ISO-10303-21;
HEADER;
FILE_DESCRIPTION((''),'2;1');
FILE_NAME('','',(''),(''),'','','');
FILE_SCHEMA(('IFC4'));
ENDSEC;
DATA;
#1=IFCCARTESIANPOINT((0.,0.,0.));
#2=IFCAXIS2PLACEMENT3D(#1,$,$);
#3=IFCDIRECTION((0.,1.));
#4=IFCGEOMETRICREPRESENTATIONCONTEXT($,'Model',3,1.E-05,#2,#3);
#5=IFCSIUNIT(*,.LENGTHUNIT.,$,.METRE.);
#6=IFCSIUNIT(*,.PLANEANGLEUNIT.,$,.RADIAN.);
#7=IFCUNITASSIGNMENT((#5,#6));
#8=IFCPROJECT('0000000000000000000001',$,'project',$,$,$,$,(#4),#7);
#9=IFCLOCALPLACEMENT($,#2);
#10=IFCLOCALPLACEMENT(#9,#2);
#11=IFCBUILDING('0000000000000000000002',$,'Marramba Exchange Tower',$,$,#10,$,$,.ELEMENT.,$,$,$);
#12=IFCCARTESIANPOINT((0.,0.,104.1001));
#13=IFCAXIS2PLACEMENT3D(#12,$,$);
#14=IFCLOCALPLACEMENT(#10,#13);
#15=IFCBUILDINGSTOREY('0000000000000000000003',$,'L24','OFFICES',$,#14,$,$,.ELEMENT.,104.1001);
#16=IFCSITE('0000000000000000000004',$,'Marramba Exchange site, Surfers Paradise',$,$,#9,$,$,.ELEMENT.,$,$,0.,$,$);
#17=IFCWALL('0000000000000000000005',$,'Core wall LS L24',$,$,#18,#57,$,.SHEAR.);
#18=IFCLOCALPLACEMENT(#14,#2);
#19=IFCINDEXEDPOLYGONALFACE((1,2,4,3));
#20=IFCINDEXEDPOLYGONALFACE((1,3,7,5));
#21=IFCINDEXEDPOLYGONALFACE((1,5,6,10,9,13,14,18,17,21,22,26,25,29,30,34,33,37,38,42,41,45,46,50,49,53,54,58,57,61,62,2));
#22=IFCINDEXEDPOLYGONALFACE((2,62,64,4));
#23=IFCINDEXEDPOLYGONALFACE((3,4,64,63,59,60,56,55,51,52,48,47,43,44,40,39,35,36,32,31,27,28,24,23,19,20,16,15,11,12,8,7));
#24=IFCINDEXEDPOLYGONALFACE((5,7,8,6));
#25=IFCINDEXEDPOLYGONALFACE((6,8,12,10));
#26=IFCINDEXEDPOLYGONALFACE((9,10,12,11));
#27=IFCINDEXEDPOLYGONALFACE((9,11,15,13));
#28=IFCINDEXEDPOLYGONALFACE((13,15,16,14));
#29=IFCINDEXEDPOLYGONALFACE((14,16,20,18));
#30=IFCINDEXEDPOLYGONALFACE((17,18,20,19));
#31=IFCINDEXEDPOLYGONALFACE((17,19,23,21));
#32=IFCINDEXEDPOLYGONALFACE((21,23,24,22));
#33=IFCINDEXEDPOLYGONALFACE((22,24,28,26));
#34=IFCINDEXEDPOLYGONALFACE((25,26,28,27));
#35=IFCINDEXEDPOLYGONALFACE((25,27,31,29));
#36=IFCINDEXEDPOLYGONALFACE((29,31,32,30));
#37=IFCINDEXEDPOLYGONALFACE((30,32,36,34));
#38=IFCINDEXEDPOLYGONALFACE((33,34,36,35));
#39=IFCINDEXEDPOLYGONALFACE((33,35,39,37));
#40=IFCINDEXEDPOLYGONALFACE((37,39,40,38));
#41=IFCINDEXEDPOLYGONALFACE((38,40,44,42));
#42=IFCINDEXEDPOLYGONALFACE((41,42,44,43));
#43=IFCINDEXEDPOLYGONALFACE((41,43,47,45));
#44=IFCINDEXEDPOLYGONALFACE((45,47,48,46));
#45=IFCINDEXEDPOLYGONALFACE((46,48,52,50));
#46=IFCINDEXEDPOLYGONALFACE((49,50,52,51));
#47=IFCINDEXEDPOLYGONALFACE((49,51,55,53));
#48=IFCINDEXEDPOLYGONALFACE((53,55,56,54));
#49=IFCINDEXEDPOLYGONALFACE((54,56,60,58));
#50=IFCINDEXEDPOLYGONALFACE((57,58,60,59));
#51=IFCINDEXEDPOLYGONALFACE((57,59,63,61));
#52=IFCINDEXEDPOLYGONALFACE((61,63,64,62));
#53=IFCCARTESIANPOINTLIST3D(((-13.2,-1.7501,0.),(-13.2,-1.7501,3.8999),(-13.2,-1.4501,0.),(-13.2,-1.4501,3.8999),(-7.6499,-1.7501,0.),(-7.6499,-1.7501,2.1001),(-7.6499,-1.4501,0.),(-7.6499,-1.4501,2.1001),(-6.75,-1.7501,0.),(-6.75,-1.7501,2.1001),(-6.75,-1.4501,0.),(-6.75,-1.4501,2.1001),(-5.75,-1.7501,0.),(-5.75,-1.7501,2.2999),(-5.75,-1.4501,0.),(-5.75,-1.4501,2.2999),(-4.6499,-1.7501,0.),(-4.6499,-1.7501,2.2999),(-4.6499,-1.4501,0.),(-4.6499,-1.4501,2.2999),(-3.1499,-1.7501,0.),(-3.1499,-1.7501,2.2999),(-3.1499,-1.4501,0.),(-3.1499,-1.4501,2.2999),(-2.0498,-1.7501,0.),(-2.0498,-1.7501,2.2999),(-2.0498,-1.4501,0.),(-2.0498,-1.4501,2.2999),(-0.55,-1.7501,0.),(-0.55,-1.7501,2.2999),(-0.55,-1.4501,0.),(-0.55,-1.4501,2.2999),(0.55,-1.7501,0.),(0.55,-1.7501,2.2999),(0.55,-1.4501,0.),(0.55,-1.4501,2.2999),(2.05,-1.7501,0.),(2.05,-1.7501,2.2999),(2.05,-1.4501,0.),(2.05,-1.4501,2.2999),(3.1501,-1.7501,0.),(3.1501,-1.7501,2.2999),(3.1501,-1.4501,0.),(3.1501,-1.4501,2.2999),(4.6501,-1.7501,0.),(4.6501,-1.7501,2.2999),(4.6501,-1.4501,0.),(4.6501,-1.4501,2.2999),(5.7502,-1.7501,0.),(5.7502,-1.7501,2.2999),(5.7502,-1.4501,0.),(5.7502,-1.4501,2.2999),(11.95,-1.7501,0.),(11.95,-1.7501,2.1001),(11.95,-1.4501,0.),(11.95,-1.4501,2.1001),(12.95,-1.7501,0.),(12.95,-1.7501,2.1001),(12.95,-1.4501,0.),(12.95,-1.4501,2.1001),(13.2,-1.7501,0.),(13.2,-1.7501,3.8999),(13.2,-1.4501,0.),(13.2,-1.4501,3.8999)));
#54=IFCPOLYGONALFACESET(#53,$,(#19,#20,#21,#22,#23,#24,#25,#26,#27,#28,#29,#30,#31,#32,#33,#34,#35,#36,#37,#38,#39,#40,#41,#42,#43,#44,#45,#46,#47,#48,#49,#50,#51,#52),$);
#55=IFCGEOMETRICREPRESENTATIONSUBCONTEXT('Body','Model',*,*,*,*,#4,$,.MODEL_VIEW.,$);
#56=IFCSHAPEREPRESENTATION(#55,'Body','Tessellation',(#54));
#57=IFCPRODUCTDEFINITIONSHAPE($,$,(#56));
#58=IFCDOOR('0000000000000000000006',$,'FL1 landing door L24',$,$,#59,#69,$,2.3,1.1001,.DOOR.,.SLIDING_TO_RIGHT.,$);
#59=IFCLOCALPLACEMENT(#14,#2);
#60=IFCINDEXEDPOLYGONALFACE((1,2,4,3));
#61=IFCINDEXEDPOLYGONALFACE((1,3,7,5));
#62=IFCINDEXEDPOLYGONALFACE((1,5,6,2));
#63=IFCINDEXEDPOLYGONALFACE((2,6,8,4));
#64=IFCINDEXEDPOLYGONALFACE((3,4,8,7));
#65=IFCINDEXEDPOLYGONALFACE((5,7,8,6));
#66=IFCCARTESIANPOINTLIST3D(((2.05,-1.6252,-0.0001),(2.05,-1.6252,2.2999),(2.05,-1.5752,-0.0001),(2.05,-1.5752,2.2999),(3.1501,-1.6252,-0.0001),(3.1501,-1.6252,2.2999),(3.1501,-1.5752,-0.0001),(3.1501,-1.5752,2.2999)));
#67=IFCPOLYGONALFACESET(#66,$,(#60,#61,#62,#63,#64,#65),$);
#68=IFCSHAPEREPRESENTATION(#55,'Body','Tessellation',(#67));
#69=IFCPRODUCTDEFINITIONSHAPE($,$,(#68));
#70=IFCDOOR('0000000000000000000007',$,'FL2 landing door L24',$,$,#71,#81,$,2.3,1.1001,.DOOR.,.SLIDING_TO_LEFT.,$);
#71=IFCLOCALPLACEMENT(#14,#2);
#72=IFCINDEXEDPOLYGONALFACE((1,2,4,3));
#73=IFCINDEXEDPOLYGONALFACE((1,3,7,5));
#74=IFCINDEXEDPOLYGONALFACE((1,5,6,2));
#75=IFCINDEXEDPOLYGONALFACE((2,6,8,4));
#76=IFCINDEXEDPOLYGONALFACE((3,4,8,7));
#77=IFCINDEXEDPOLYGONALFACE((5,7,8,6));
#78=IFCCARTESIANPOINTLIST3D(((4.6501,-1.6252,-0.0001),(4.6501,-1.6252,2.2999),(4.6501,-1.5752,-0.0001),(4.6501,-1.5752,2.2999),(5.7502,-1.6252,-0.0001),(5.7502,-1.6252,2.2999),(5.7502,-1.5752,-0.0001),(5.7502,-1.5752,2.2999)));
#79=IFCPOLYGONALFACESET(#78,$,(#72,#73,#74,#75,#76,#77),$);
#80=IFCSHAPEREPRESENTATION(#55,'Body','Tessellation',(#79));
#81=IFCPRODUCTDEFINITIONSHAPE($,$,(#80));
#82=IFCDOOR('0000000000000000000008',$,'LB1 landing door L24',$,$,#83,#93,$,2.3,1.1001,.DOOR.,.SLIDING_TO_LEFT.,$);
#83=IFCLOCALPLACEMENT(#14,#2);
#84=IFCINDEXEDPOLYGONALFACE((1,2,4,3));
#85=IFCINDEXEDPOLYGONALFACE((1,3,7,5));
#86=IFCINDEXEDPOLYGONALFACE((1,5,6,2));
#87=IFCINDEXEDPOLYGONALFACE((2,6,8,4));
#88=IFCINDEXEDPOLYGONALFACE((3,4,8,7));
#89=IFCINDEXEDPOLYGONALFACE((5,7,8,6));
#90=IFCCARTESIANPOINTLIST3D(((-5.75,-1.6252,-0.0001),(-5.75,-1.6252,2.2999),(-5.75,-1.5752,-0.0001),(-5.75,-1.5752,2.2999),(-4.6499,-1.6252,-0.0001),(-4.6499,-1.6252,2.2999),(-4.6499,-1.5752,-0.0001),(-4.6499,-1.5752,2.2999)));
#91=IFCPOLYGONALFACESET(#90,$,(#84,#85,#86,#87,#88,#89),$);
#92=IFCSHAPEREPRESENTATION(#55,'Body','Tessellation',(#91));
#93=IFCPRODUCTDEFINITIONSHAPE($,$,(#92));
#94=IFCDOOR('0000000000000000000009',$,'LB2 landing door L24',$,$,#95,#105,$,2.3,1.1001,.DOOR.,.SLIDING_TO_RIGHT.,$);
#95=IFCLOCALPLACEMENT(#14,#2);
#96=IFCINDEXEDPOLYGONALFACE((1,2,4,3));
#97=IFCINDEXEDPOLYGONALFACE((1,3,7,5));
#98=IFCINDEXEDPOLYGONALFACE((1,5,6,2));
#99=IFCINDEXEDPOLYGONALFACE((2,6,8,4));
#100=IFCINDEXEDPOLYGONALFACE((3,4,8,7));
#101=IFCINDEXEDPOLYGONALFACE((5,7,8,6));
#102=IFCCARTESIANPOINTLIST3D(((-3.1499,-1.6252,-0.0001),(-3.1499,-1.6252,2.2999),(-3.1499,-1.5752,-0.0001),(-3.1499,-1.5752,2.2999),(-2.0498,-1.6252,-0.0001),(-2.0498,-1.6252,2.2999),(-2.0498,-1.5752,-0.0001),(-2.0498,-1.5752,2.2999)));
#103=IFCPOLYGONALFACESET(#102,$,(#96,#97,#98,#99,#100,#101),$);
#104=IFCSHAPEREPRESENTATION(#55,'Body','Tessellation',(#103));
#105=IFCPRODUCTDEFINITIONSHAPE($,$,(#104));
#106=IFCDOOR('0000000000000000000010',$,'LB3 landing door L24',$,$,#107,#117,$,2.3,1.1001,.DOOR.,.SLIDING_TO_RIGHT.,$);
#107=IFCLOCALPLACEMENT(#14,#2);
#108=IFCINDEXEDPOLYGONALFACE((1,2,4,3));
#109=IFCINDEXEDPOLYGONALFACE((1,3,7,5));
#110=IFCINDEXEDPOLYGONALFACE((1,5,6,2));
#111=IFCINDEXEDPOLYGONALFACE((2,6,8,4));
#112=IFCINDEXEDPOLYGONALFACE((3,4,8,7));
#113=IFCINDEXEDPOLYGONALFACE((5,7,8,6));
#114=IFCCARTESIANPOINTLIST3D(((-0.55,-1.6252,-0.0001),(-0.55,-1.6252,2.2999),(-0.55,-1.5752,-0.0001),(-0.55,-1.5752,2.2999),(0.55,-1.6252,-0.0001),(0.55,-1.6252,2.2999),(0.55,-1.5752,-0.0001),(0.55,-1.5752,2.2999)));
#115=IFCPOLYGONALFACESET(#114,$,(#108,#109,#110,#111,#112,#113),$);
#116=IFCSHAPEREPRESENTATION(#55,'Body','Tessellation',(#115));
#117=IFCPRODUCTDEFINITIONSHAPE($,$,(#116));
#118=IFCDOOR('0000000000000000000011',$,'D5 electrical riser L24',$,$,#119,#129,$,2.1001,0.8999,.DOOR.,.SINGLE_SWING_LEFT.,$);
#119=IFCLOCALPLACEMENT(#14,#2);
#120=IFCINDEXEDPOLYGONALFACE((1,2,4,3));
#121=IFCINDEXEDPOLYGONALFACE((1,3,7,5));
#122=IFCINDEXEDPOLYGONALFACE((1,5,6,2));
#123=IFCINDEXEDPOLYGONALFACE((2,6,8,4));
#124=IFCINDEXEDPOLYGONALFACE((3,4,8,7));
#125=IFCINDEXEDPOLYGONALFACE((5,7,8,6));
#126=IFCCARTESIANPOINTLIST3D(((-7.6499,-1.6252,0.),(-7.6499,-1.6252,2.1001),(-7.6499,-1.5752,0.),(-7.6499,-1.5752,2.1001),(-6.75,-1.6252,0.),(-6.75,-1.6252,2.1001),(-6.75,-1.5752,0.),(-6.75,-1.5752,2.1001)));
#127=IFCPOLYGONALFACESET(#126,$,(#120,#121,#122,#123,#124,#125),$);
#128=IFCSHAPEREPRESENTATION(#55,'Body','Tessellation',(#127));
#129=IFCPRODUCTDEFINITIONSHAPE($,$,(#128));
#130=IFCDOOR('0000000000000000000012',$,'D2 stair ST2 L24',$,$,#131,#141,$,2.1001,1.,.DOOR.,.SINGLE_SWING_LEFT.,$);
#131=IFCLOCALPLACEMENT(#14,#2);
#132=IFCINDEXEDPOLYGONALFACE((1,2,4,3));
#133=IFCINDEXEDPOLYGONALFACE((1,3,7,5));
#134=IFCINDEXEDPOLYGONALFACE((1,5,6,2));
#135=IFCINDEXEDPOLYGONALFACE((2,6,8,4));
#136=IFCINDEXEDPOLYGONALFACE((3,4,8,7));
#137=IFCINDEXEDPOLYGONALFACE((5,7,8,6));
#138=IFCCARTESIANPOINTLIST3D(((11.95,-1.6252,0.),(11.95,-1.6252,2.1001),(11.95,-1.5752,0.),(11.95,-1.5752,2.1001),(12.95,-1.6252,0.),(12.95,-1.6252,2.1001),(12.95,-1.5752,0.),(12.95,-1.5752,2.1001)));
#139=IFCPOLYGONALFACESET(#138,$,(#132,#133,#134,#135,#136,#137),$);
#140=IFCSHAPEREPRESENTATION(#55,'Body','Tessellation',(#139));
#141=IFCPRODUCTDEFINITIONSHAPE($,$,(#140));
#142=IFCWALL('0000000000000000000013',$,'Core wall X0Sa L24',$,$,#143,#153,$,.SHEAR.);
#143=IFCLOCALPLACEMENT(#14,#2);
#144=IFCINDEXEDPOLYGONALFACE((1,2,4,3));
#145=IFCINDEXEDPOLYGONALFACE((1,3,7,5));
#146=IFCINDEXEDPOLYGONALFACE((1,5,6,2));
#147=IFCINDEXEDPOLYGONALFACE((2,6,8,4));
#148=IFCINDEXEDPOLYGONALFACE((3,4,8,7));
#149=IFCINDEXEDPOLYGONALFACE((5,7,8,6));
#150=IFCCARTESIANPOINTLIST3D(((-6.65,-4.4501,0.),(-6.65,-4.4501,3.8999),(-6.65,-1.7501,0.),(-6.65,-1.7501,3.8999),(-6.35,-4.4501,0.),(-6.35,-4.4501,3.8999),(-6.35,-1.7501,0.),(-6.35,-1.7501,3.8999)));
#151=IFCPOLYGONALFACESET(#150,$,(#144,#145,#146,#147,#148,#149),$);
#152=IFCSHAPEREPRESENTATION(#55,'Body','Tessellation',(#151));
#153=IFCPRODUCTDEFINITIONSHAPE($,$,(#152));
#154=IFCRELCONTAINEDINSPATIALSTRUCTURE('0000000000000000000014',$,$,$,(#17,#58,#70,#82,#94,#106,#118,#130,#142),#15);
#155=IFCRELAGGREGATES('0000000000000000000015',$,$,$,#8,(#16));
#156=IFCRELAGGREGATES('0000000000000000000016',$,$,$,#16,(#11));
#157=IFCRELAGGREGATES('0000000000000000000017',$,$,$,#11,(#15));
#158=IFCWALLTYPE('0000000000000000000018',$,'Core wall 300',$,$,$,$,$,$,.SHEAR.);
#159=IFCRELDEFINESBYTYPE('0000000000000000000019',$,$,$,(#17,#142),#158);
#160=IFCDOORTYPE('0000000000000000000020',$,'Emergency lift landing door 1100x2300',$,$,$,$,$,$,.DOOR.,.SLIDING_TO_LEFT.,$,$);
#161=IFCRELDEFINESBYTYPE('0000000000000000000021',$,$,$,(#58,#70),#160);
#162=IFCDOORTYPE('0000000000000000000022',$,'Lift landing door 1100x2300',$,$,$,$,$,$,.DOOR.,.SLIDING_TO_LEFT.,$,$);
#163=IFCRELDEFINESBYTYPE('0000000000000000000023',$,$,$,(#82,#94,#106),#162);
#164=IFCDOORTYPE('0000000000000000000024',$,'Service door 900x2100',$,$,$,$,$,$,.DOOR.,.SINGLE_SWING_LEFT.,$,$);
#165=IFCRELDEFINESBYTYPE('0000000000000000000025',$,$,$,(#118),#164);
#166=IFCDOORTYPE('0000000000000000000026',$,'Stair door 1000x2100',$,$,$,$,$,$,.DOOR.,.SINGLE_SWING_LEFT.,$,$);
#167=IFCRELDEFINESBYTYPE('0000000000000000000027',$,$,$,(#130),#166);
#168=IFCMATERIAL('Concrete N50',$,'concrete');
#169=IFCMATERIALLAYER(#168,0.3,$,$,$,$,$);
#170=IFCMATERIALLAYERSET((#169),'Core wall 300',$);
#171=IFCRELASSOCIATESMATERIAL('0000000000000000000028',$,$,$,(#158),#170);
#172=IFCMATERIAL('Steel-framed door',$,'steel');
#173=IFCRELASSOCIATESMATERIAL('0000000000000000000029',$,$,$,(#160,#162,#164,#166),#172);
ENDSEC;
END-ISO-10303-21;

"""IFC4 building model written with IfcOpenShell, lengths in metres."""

from ifc_helpers import new_model, si_unit, direction, frame, frame_2d, origin, place, context, subcontext, project, spatial, rectangle, extrude, material, layer, layer_set, type_object, element, fill, save


model = new_model("IFC4")

# Units and contexts
model_context = context("Model", 3, precision=1e-05, world=origin(), true_north=direction((0.0, 1.0)))
body_context = subcontext(model_context, "Body", "Model", "MODEL_VIEW")
ifc_project = project(units=[si_unit("LENGTHUNIT", "METRE"), si_unit("PLANEANGLEUNIT", "RADIAN")], contexts=[model_context])

# Site, building, storey
site_placement = place(None, origin())
site = spatial("IfcSite", under=ifc_project, at=site_placement, Name="Marramba Exchange site, Surfers Paradise", CompositionType="ELEMENT", RefElevation=0.0)
building_placement = place(site_placement, origin())
building = spatial("IfcBuilding", under=site, at=building_placement, Name="Marramba Exchange Tower", CompositionType="ELEMENT")
storey_placement = place(building_placement, frame((0.0, 0.0, 104.1001)))
storey = spatial("IfcBuildingStorey", under=building, at=storey_placement, Name="L24", Description="OFFICES", CompositionType="ELEMENT", Elevation=104.1001)

# Shared definitions
ifc_material_1 = material(Name="Concrete N50", Category="concrete")

# Wall, openings, doors
ifc_layer_1 = layer(ifc_material_1, 0.3)
ifc_layer_set_1 = layer_set([ifc_layer_1], Name="Core wall 300")
wall_type_1 = type_object("IfcWallType", Name="Core wall 300", PredefinedType="SHEAR", material=ifc_layer_set_1)
wall_1_placement = place(storey_placement, frame((-13.2, -1.6001, 0.0), z_axis=(0.0, 0.0, 1.0), x_axis=(1.0, 0.0, 0.0)))
wall_1 = element("IfcWall", 1, at=wall_1_placement, inside=storey, type_object=wall_type_1, Name="Core wall LS L24", PredefinedType="SHEAR", context=body_context, shape_type="SweptSolid", body=[
    extrude(rectangle(XDim=26.3999, YDim=0.3, at=frame_2d((13.2, 0.0))), origin(), (0.0, 0.0, 1.0), 3.8999),
])
opening_1_placement = place(wall_1_placement, frame((25.1499, 0.0, 0.0)))
opening_1 = element("IfcOpeningElement", 2, at=opening_1_placement, cuts=wall_1, PredefinedType="OPENING", context=body_context, shape_type="SweptSolid", body=[
    extrude(rectangle(XDim=1.0, YDim=2.1001, at=frame_2d((0.5, 1.05))), frame((0.0, 0.1599, 0.0), z_axis=(0.0, -1.0, 0.0), x_axis=(1.0, 0.0, 0.0)), (0.0, 0.0, 1.0), 0.3201),
])
opening_2_placement = place(wall_1_placement, frame((7.45, 0.0, 0.0)))
opening_2 = element("IfcOpeningElement", 3, at=opening_2_placement, cuts=wall_1, PredefinedType="OPENING", context=body_context, shape_type="SweptSolid", body=[
    extrude(rectangle(XDim=1.1001, YDim=2.3, at=frame_2d((0.55, 1.1499))), frame((0.0, 0.1599, 0.0), z_axis=(0.0, -1.0, 0.0), x_axis=(1.0, 0.0, 0.0)), (0.0, 0.0, 1.0), 0.3201),
])
opening_3_placement = place(wall_1_placement, frame((10.05, 0.0, 0.0)))
opening_3 = element("IfcOpeningElement", 4, at=opening_3_placement, cuts=wall_1, PredefinedType="OPENING", context=body_context, shape_type="SweptSolid", body=[
    extrude(rectangle(XDim=1.1001, YDim=2.3, at=frame_2d((0.55, 1.1499))), frame((0.0, 0.1599, 0.0), z_axis=(0.0, -1.0, 0.0), x_axis=(1.0, 0.0, 0.0)), (0.0, 0.0, 1.0), 0.3201),
])
opening_4_placement = place(wall_1_placement, frame((12.6499, 0.0, 0.0)))
opening_4 = element("IfcOpeningElement", 5, at=opening_4_placement, cuts=wall_1, PredefinedType="OPENING", context=body_context, shape_type="SweptSolid", body=[
    extrude(rectangle(XDim=1.1001, YDim=2.3, at=frame_2d((0.55, 1.1499))), frame((0.0, 0.1599, 0.0), z_axis=(0.0, -1.0, 0.0), x_axis=(1.0, 0.0, 0.0)), (0.0, 0.0, 1.0), 0.3201),
])
opening_5_placement = place(wall_1_placement, frame((15.25, 0.0, 0.0)))
opening_5 = element("IfcOpeningElement", 6, at=opening_5_placement, cuts=wall_1, PredefinedType="OPENING", context=body_context, shape_type="SweptSolid", body=[
    extrude(rectangle(XDim=1.1001, YDim=2.3, at=frame_2d((0.55, 1.1499))), frame((0.0, 0.1599, 0.0), z_axis=(0.0, -1.0, 0.0), x_axis=(1.0, 0.0, 0.0)), (0.0, 0.0, 1.0), 0.3201),
])
opening_6_placement = place(wall_1_placement, frame((17.8501, 0.0, 0.0)))
opening_6 = element("IfcOpeningElement", 7, at=opening_6_placement, cuts=wall_1, PredefinedType="OPENING", context=body_context, shape_type="SweptSolid", body=[
    extrude(rectangle(XDim=1.1001, YDim=2.3, at=frame_2d((0.55, 1.1499))), frame((0.0, 0.1599, 0.0), z_axis=(0.0, -1.0, 0.0), x_axis=(1.0, 0.0, 0.0)), (0.0, 0.0, 1.0), 0.3201),
])
opening_7_placement = place(wall_1_placement, frame((5.55, 0.0, 0.0)))
opening_7 = element("IfcOpeningElement", 8, at=opening_7_placement, cuts=wall_1, PredefinedType="OPENING", context=body_context, shape_type="SweptSolid", body=[
    extrude(rectangle(XDim=0.8999, YDim=2.1001, at=frame_2d((0.45, 1.05))), frame((0.0, 0.1599, 0.0), z_axis=(0.0, -1.0, 0.0), x_axis=(1.0, 0.0, 0.0)), (0.0, 0.0, 1.0), 0.3201),
])
ifc_material_2 = material(Name="Steel-framed door", Category="steel")
door_type_1 = type_object("IfcDoorType", Name="Emergency lift landing door 1100x2300", OperationType="SLIDING_TO_LEFT", PredefinedType="DOOR", material=ifc_material_2)
door_1_placement = place(opening_5_placement, frame((1.1001, 0.0, 0.0), z_axis=(0.0, 0.0, 1.0), x_axis=(-1.0, 0.0, 0.0)))
door_1 = element("IfcDoor", 9, at=door_1_placement, inside=storey, type_object=door_type_1, Name="FL1 landing door L24", OperationType="SLIDING_TO_RIGHT", OverallHeight=2.3, OverallWidth=1.1001, PredefinedType="DOOR", context=body_context, shape_type="SweptSolid", body=[
    extrude(rectangle(XDim=1.1001, YDim=2.3, at=frame_2d((0.55, 1.1499))), frame((0.0, 0.0251, 0.0), z_axis=(0.0, -1.0, 0.0), x_axis=(1.0, 0.0, 0.0)), (0.0, 0.0, 1.0), 0.05),
])
fill(opening_5, door_1)
door_2_placement = place(opening_6_placement, frame((1.1001, 0.0, 0.0), z_axis=(0.0, 0.0, 1.0), x_axis=(-1.0, 0.0, 0.0)))
door_2 = element("IfcDoor", 10, at=door_2_placement, inside=storey, type_object=door_type_1, Name="FL2 landing door L24", OperationType="SLIDING_TO_LEFT", OverallHeight=2.3, OverallWidth=1.1001, PredefinedType="DOOR", context=body_context, shape_type="SweptSolid", body=[
    extrude(rectangle(XDim=1.1001, YDim=2.3, at=frame_2d((0.55, 1.1499))), frame((0.0, 0.0251, 0.0), z_axis=(0.0, -1.0, 0.0), x_axis=(1.0, 0.0, 0.0)), (0.0, 0.0, 1.0), 0.05),
])
fill(opening_6, door_2)
door_type_2 = type_object("IfcDoorType", Name="Lift landing door 1100x2300", OperationType="SLIDING_TO_LEFT", PredefinedType="DOOR", material=ifc_material_2)
door_3_placement = place(opening_2_placement, frame((1.1001, 0.0, 0.0), z_axis=(0.0, 0.0, 1.0), x_axis=(-1.0, 0.0, 0.0)))
door_3 = element("IfcDoor", 11, at=door_3_placement, inside=storey, type_object=door_type_2, Name="LB1 landing door L24", OperationType="SLIDING_TO_LEFT", OverallHeight=2.3, OverallWidth=1.1001, PredefinedType="DOOR", context=body_context, shape_type="SweptSolid", body=[
    extrude(rectangle(XDim=1.1001, YDim=2.3, at=frame_2d((0.55, 1.1499))), frame((0.0, 0.0251, 0.0), z_axis=(0.0, -1.0, 0.0), x_axis=(1.0, 0.0, 0.0)), (0.0, 0.0, 1.0), 0.05),
])
fill(opening_2, door_3)
door_4_placement = place(opening_3_placement, frame((1.1001, 0.0, 0.0), z_axis=(0.0, 0.0, 1.0), x_axis=(-1.0, 0.0, 0.0)))
door_4 = element("IfcDoor", 12, at=door_4_placement, inside=storey, type_object=door_type_2, Name="LB2 landing door L24", OperationType="SLIDING_TO_RIGHT", OverallHeight=2.3, OverallWidth=1.1001, PredefinedType="DOOR", context=body_context, shape_type="SweptSolid", body=[
    extrude(rectangle(XDim=1.1001, YDim=2.3, at=frame_2d((0.55, 1.1499))), frame((0.0, 0.0251, 0.0), z_axis=(0.0, -1.0, 0.0), x_axis=(1.0, 0.0, 0.0)), (0.0, 0.0, 1.0), 0.05),
])
fill(opening_3, door_4)
door_5_placement = place(opening_4_placement, frame((1.1001, 0.0, 0.0), z_axis=(0.0, 0.0, 1.0), x_axis=(-1.0, 0.0, 0.0)))
door_5 = element("IfcDoor", 13, at=door_5_placement, inside=storey, type_object=door_type_2, Name="LB3 landing door L24", OperationType="SLIDING_TO_RIGHT", OverallHeight=2.3, OverallWidth=1.1001, PredefinedType="DOOR", context=body_context, shape_type="SweptSolid", body=[
    extrude(rectangle(XDim=1.1001, YDim=2.3, at=frame_2d((0.55, 1.1499))), frame((0.0, 0.0251, 0.0), z_axis=(0.0, -1.0, 0.0), x_axis=(1.0, 0.0, 0.0)), (0.0, 0.0, 1.0), 0.05),
])
fill(opening_4, door_5)
door_type_3 = type_object("IfcDoorType", Name="Service door 900x2100", OperationType="SINGLE_SWING_LEFT", PredefinedType="DOOR", material=ifc_material_2)
door_6_placement = place(opening_7_placement, frame((0.8999, 0.0, 0.0), z_axis=(0.0, 0.0, 1.0), x_axis=(-1.0, 0.0, 0.0)))
door_6 = element("IfcDoor", 14, at=door_6_placement, inside=storey, type_object=door_type_3, Name="D5 electrical riser L24", OperationType="SINGLE_SWING_LEFT", OverallHeight=2.1001, OverallWidth=0.8999, PredefinedType="DOOR", context=body_context, shape_type="SweptSolid", body=[
    extrude(rectangle(XDim=0.8999, YDim=2.1001, at=frame_2d((0.45, 1.05))), frame((0.0, 0.0251, 0.0), z_axis=(0.0, -1.0, 0.0), x_axis=(1.0, 0.0, 0.0)), (0.0, 0.0, 1.0), 0.05),
])
fill(opening_7, door_6)
door_type_4 = type_object("IfcDoorType", Name="Stair door 1000x2100", OperationType="SINGLE_SWING_LEFT", PredefinedType="DOOR", material=ifc_material_2)
door_7_placement = place(opening_1_placement, frame((1.0, 0.0, 0.0), z_axis=(0.0, 0.0, 1.0), x_axis=(-1.0, 0.0, 0.0)))
door_7 = element("IfcDoor", 15, at=door_7_placement, inside=storey, type_object=door_type_4, Name="D2 stair ST2 L24", OperationType="SINGLE_SWING_LEFT", OverallHeight=2.1001, OverallWidth=1.0, PredefinedType="DOOR", context=body_context, shape_type="SweptSolid", body=[
    extrude(rectangle(XDim=1.0, YDim=2.1001, at=frame_2d((0.5, 1.05))), frame((0.0, 0.0251, 0.0), z_axis=(0.0, -1.0, 0.0), x_axis=(1.0, 0.0, 0.0)), (0.0, 0.0, 1.0), 0.05),
])
fill(opening_1, door_7)

# Wall
wall_2_placement = place(storey_placement, frame((-6.5, -1.75, 0.0), z_axis=(0.0, 0.0, 1.0), x_axis=(0.0, -1.0, 0.0)))
element("IfcWall", 16, at=wall_2_placement, inside=storey, type_object=wall_type_1, Name="Core wall X0Sa L24", PredefinedType="SHEAR", context=body_context, shape_type="SweptSolid", body=[
    extrude(rectangle(XDim=2.7, YDim=0.3, at=frame_2d((1.3501, 0.0))), origin(), (0.0, 0.0, 1.0), 3.8999),
])

save(model, "model.ifc")
